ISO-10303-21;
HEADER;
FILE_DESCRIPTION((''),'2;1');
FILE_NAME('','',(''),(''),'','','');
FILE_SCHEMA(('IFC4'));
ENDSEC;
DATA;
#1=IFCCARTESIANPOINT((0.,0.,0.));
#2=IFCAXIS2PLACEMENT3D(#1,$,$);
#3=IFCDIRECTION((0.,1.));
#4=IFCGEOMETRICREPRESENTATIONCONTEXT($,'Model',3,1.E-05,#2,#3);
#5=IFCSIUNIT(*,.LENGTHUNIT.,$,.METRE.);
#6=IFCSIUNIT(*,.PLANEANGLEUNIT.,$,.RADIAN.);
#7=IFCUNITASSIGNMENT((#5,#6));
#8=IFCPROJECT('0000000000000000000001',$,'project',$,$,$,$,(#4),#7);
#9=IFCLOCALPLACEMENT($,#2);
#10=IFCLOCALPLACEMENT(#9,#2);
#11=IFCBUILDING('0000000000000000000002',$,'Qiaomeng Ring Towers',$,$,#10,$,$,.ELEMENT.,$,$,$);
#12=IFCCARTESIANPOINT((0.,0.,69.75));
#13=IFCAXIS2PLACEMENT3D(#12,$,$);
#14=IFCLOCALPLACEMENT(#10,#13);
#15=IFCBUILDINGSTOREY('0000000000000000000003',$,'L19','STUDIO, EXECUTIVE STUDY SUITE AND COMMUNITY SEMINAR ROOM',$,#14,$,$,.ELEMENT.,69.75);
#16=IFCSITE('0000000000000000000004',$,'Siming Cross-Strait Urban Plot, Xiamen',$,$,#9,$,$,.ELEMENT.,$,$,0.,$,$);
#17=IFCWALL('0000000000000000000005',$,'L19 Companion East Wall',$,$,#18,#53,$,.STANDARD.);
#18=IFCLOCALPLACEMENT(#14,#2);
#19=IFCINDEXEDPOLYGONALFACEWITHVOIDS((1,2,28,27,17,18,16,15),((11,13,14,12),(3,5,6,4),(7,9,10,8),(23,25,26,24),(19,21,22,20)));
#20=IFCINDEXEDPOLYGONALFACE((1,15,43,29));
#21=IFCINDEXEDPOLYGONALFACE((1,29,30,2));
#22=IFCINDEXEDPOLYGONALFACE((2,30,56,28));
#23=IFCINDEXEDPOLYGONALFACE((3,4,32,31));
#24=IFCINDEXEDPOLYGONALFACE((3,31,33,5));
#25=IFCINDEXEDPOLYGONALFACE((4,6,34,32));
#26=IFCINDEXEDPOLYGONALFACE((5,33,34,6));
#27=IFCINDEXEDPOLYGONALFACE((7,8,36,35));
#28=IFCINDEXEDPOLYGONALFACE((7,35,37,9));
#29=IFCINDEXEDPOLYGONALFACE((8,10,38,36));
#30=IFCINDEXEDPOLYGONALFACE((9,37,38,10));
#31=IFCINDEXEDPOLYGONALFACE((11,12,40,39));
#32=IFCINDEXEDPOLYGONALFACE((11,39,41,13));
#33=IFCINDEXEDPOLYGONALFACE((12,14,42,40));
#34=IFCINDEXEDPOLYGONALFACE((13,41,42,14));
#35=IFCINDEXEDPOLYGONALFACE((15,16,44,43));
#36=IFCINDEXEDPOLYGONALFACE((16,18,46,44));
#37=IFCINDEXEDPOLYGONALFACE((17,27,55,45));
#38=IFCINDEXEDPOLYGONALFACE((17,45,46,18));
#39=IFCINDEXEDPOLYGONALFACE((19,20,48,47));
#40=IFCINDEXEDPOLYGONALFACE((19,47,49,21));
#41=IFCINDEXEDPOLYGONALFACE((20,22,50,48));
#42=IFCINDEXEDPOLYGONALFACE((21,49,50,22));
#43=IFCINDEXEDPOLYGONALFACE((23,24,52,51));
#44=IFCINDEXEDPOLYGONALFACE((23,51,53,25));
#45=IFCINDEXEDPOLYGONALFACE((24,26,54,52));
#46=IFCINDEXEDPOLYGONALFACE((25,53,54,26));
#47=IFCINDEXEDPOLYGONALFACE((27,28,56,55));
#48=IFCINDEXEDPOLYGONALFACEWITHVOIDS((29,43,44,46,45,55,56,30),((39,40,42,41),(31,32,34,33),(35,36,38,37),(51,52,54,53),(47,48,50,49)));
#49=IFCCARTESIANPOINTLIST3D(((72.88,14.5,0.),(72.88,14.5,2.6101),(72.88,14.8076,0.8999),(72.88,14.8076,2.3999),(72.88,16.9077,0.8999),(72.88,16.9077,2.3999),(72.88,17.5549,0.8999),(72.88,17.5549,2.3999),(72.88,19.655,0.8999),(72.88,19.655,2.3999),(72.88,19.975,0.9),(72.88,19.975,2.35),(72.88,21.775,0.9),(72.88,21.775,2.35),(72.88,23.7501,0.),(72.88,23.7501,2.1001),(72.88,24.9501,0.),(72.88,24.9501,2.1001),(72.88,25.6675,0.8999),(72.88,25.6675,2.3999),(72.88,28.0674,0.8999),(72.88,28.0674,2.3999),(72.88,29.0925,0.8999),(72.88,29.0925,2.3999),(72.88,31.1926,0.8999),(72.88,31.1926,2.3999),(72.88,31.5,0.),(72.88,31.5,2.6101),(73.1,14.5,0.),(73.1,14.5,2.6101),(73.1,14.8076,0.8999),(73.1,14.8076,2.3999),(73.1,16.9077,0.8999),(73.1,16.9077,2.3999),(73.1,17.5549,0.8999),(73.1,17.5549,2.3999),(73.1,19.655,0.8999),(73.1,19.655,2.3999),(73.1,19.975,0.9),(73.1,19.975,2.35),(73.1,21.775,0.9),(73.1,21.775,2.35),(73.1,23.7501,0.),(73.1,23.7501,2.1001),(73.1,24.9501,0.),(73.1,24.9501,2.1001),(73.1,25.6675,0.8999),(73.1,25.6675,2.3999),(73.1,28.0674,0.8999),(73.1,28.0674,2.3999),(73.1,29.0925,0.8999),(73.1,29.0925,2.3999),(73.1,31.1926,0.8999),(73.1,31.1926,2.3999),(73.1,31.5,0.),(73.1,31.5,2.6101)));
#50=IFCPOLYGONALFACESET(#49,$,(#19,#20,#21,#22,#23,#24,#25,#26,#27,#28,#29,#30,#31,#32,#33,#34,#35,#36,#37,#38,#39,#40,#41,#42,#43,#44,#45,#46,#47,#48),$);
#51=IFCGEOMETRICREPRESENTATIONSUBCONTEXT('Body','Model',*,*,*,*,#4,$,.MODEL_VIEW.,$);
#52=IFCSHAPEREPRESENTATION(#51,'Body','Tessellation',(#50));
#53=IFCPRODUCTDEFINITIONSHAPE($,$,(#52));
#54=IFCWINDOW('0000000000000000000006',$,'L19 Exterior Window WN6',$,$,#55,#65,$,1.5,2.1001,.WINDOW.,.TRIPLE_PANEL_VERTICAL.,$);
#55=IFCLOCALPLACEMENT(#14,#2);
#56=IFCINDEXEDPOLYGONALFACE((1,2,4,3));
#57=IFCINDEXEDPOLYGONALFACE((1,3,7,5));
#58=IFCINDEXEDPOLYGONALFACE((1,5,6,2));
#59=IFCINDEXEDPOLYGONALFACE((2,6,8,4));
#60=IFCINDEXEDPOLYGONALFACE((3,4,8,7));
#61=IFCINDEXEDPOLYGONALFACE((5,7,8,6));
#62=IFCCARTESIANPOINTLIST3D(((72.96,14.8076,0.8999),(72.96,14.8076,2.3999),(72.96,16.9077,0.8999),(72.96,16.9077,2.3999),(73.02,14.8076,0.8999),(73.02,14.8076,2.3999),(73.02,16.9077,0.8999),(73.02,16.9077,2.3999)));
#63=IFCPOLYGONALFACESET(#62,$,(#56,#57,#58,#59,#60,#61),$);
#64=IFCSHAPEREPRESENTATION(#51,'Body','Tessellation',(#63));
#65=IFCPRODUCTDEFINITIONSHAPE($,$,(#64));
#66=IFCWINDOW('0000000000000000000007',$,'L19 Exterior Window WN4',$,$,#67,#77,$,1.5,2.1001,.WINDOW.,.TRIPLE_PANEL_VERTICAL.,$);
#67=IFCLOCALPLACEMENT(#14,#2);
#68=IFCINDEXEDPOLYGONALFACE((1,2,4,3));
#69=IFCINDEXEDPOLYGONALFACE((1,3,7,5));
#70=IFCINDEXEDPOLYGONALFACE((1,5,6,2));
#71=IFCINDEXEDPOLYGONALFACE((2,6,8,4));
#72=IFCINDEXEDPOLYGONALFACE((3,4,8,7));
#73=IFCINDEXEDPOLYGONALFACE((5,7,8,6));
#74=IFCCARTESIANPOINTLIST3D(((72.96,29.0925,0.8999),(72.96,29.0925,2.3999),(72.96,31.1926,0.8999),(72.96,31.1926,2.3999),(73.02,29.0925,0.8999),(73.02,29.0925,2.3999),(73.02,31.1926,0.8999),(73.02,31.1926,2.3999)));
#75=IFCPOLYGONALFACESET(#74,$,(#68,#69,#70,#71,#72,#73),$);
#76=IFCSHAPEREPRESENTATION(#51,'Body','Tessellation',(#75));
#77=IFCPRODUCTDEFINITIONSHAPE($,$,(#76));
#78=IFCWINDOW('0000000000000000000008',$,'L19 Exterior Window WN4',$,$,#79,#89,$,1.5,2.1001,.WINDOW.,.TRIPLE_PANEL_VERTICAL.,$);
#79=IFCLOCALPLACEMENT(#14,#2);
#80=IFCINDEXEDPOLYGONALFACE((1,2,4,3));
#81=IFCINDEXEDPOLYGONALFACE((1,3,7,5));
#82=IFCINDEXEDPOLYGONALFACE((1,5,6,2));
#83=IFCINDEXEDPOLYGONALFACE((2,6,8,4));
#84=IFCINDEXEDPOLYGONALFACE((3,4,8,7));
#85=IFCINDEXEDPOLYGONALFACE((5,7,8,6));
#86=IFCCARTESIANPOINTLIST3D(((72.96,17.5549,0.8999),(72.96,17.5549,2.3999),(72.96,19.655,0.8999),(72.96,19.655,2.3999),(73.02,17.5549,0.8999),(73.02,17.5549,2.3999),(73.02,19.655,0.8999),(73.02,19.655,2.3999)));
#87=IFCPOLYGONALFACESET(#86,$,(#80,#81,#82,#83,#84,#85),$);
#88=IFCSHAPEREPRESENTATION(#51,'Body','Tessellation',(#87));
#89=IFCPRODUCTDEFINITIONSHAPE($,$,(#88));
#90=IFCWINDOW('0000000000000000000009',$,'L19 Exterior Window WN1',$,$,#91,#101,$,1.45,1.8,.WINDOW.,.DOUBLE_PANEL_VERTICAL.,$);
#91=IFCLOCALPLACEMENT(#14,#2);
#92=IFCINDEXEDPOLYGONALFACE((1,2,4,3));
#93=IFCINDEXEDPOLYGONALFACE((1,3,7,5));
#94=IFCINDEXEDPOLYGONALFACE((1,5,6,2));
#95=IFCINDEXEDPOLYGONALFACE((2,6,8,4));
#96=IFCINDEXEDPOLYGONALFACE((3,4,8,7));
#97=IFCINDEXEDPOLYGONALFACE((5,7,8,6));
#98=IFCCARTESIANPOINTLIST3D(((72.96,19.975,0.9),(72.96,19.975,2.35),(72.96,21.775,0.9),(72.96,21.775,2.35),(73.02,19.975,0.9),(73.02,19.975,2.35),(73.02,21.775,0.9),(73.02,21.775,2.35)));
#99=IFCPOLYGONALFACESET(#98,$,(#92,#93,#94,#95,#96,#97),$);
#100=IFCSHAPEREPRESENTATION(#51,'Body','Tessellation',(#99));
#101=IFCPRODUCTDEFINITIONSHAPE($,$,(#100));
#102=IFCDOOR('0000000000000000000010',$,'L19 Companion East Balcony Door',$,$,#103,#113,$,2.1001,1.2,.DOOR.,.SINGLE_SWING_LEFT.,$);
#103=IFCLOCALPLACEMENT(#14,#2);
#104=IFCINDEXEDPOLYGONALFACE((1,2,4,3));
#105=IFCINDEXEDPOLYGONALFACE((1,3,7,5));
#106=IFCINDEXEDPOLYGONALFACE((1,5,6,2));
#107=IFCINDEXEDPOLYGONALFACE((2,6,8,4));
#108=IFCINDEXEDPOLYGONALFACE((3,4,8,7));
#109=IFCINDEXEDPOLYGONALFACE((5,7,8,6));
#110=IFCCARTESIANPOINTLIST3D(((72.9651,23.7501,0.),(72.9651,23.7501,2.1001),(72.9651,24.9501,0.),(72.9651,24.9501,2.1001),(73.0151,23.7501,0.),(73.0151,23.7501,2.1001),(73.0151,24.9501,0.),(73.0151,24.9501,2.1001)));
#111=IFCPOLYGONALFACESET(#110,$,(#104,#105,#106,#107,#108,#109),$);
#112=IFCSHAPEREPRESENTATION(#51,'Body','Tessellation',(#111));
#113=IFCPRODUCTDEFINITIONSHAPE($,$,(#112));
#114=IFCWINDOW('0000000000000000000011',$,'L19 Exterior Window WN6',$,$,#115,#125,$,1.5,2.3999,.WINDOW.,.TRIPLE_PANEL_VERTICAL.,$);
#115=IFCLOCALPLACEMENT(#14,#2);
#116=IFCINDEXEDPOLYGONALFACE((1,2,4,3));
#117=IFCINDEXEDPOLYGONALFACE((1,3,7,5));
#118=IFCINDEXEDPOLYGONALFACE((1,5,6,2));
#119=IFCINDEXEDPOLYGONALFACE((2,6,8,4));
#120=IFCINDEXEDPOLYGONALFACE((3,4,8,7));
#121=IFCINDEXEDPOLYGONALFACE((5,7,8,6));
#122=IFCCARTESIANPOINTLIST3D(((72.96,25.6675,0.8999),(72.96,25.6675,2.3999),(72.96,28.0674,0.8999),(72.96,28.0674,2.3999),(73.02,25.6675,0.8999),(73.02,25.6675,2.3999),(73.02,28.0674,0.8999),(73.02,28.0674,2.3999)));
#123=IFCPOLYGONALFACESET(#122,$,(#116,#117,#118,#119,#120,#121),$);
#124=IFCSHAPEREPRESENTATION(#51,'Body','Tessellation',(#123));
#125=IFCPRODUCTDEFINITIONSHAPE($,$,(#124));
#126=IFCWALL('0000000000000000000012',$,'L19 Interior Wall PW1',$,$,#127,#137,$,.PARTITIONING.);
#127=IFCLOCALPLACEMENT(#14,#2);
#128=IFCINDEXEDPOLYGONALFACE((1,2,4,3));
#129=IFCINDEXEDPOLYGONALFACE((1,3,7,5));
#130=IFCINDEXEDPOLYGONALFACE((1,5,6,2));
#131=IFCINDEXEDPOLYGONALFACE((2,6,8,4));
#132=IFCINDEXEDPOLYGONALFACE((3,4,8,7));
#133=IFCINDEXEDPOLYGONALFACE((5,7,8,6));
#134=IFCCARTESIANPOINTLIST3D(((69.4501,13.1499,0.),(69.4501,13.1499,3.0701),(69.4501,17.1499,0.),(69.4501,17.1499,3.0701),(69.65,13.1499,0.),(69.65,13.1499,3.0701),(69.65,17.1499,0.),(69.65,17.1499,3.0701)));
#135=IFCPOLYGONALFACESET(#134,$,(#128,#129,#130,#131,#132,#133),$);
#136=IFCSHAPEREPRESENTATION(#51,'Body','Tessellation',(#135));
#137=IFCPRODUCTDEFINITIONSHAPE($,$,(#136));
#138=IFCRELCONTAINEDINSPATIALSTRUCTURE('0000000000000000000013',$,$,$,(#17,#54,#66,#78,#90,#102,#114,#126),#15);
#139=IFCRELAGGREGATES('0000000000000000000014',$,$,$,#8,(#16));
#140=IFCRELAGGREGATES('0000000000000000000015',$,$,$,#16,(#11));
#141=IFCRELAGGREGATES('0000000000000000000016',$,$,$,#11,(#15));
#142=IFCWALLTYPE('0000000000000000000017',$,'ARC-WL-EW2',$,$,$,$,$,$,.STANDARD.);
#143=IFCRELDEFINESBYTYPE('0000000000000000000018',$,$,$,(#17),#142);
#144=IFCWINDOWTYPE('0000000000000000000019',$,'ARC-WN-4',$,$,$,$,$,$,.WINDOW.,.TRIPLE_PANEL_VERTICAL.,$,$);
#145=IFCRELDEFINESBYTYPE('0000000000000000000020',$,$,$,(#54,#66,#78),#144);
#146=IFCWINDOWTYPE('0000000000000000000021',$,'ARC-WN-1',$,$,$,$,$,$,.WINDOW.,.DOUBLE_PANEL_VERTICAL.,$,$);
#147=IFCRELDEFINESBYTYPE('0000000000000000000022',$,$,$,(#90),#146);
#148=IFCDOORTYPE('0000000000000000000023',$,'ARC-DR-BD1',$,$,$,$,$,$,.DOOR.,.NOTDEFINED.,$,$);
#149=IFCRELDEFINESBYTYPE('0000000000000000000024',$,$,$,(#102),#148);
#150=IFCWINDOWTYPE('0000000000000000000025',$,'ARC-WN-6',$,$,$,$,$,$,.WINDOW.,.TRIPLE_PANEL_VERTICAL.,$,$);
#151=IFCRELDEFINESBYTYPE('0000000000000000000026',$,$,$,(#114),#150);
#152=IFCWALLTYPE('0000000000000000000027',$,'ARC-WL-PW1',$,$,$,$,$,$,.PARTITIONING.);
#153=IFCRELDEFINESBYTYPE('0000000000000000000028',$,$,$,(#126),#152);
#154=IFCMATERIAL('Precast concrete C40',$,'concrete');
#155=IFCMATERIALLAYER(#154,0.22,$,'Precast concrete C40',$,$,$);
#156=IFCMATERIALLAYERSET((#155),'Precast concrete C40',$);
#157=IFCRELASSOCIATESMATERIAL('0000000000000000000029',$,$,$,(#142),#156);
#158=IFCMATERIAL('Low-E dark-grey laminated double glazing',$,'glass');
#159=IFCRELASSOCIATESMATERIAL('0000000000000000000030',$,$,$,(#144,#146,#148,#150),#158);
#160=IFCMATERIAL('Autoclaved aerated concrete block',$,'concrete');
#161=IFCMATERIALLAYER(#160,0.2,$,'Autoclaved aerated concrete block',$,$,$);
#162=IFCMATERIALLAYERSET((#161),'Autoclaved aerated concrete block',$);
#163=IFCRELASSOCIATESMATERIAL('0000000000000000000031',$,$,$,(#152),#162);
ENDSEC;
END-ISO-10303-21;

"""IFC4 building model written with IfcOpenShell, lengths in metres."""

from ifc_helpers import new_model, si_unit, direction, frame, frame_2d, origin, place, context, subcontext, project, spatial, rectangle, extrude, source, transform, mapped, material, layer, layer_set, type_object, element, fill, save


model = new_model("IFC4")

# Units and contexts
model_context = context("Model", 3, precision=1e-05, world=origin(), true_north=direction((0.0, 1.0)))
body_context = subcontext(model_context, "Body", "Model", "MODEL_VIEW")
ifc_project = project(units=[si_unit("LENGTHUNIT", "METRE"), si_unit("PLANEANGLEUNIT", "RADIAN")], contexts=[model_context])

# Site, building, storey
site_placement = place(None, origin())
site = spatial("IfcSite", under=ifc_project, at=site_placement, Name="Siming Cross-Strait Urban Plot, Xiamen", CompositionType="ELEMENT", RefElevation=0.0)
building_placement = place(site_placement, origin())
building = spatial("IfcBuilding", under=site, at=building_placement, Name="Qiaomeng Ring Towers", CompositionType="ELEMENT")
storey_placement = place(building_placement, frame((0.0, 0.0, 69.75)))
storey = spatial("IfcBuildingStorey", under=building, at=storey_placement, Name="L19", Description="STUDIO, EXECUTIVE STUDY SUITE AND COMMUNITY SEMINAR ROOM", CompositionType="ELEMENT", Elevation=69.75)

# Shared definitions
ifc_material_1 = material(Name="Low-E dark-grey laminated double glazing", Category="glass")

# Wall, openings, windows, door
ifc_material_2 = material(Name="Precast concrete C40", Category="concrete")
ifc_layer_1 = layer(ifc_material_2, 0.22, Name="Precast concrete C40")
ifc_layer_set_1 = layer_set([ifc_layer_1], Name="Precast concrete C40")
wall_type_1 = type_object("IfcWallType", Name="ARC-WL-EW2", PredefinedType="STANDARD", material=ifc_layer_set_1)
wall_1_placement = place(storey_placement, frame((72.99, 14.5, 0.0), z_axis=(0.0, 0.0, 1.0), x_axis=(0.0, 1.0, 0.0)))
wall_1 = element("IfcWall", 1, at=wall_1_placement, inside=storey, type_object=wall_type_1, Name="L19 Companion East Wall", PredefinedType="STANDARD", context=body_context, shape_type="SweptSolid", body=[
    extrude(rectangle(XDim=17.0, YDim=0.22, at=frame_2d((8.5, 0.0))), origin(), (0.0, 0.0, 1.0), 2.6101),
])
opening_1_placement = place(wall_1_placement, frame((9.25, 0.0, 0.0)))
opening_1 = element("IfcOpeningElement", 2, at=opening_1_placement, cuts=wall_1, PredefinedType="OPENING", context=body_context, shape_type="SweptSolid", body=[
    extrude(rectangle(XDim=1.2, YDim=2.1001, at=frame_2d((0.6001, 1.05))), frame((0.0, 0.1199, 0.0), z_axis=(0.0, -1.0, 0.0), x_axis=(1.0, 0.0, 0.0)), (0.0, 0.0, 1.0), 0.24),
])
opening_2_placement = place(wall_1_placement, frame((0.3076, 0.0, 0.8999)))
opening_2 = element("IfcOpeningElement", 3, at=opening_2_placement, cuts=wall_1, PredefinedType="OPENING", context=body_context, shape_type="SweptSolid", body=[
    extrude(rectangle(XDim=2.1001, YDim=1.5, at=frame_2d((1.05, 0.75))), frame((0.0, 0.1199, 0.0), z_axis=(0.0, -1.0, 0.0), x_axis=(1.0, 0.0, 0.0)), (0.0, 0.0, 1.0), 0.24),
])
opening_3_placement = place(wall_1_placement, frame((5.4751, 0.0, 0.8999)))
opening_3 = element("IfcOpeningElement", 4, at=opening_3_placement, cuts=wall_1, PredefinedType="OPENING", context=body_context, shape_type="SweptSolid", body=[
    extrude(rectangle(XDim=1.8, YDim=1.45, at=frame_2d((0.8999, 0.7251))), frame((0.0, 0.1199, 0.0), z_axis=(0.0, -1.0, 0.0), x_axis=(1.0, 0.0, 0.0)), (0.0, 0.0, 1.0), 0.24),
])
opening_4_placement = place(wall_1_placement, frame((14.5925, 0.0, 0.8999)))
opening_4 = element("IfcOpeningElement", 5, at=opening_4_placement, cuts=wall_1, PredefinedType="OPENING", context=body_context, shape_type="SweptSolid", body=[
    extrude(rectangle(XDim=2.1001, YDim=1.5, at=frame_2d((1.05, 0.75))), frame((0.0, 0.1199, 0.0), z_axis=(0.0, -1.0, 0.0), x_axis=(1.0, 0.0, 0.0)), (0.0, 0.0, 1.0), 0.24),
])
opening_5_placement = place(wall_1_placement, frame((3.0549, 0.0, 0.8999)))
opening_5 = element("IfcOpeningElement", 6, at=opening_5_placement, cuts=wall_1, PredefinedType="OPENING", context=body_context, shape_type="SweptSolid", body=[
    extrude(rectangle(XDim=2.1001, YDim=1.5, at=frame_2d((1.05, 0.75))), frame((0.0, 0.1199, 0.0), z_axis=(0.0, -1.0, 0.0), x_axis=(1.0, 0.0, 0.0)), (0.0, 0.0, 1.0), 0.24),
])
opening_6_placement = place(wall_1_placement, frame((11.1675, 0.0, 0.8999)))
opening_6 = element("IfcOpeningElement", 7, at=opening_6_placement, cuts=wall_1, PredefinedType="OPENING", context=body_context, shape_type="SweptSolid", body=[
    extrude(rectangle(XDim=2.3999, YDim=1.5, at=frame_2d((1.2, 0.75))), frame((0.0, 0.1199, 0.0), z_axis=(0.0, -1.0, 0.0), x_axis=(1.0, 0.0, 0.0)), (0.0, 0.0, 1.0), 0.24),
])
window_type_1 = type_object("IfcWindowType", Name="ARC-WN-4", PartitioningType="TRIPLE_PANEL_VERTICAL", PredefinedType="WINDOW", material=ifc_material_1)
shared_shape_1 = source(origin(), body_context, "Body", "SweptSolid", [
    extrude(rectangle(XDim=2.1001, YDim=1.5, at=frame_2d((1.05, 0.75))), frame((0.0, 0.03, 0.0), z_axis=(0.0, -1.0, 0.0), x_axis=(1.0, 0.0, 0.0)), (0.0, 0.0, 1.0), 0.0601),
])
window_1_placement = place(opening_2_placement, origin())
window_1 = element("IfcWindow", 8, at=window_1_placement, inside=storey, type_object=window_type_1, Name="L19 Exterior Window WN6", OverallHeight=1.5, OverallWidth=2.1001, PartitioningType="TRIPLE_PANEL_VERTICAL", PredefinedType="WINDOW", context=body_context, shape_type="MappedRepresentation", body=[
    mapped(shared_shape_1, transform((0.0, 0.0, 0.0), x_axis=(1.0, 0.0, 0.0), y_axis=(0.0, 1.0, 0.0), z_axis=(0.0, 0.0, 1.0), scale=1.0)),
])
fill(opening_2, window_1)
window_2_placement = place(opening_4_placement, origin())
window_2 = element("IfcWindow", 9, at=window_2_placement, inside=storey, type_object=window_type_1, Name="L19 Exterior Window WN4", OverallHeight=1.5, OverallWidth=2.1001, PartitioningType="TRIPLE_PANEL_VERTICAL", PredefinedType="WINDOW", context=body_context, shape_type="MappedRepresentation", body=[
    mapped(shared_shape_1, transform((0.0, 0.0, 0.0), x_axis=(1.0, 0.0, 0.0), y_axis=(0.0, 1.0, 0.0), z_axis=(0.0, 0.0, 1.0), scale=1.0)),
])
fill(opening_4, window_2)
window_3_placement = place(opening_5_placement, origin())
window_3 = element("IfcWindow", 10, at=window_3_placement, inside=storey, type_object=window_type_1, Name="L19 Exterior Window WN4", OverallHeight=1.5, OverallWidth=2.1001, PartitioningType="TRIPLE_PANEL_VERTICAL", PredefinedType="WINDOW", context=body_context, shape_type="MappedRepresentation", body=[
    mapped(shared_shape_1, transform((0.0, 0.0, 0.0), x_axis=(1.0, 0.0, 0.0), y_axis=(0.0, 1.0, 0.0), z_axis=(0.0, 0.0, 1.0), scale=1.0)),
])
fill(opening_5, window_3)
window_type_2 = type_object("IfcWindowType", Name="ARC-WN-1", PartitioningType="DOUBLE_PANEL_VERTICAL", PredefinedType="WINDOW", material=ifc_material_1)
shared_shape_2 = source(origin(), body_context, "Body", "SweptSolid", [
    extrude(rectangle(XDim=1.8, YDim=1.45, at=frame_2d((0.8999, 0.7251))), frame((0.0, 0.03, 0.0), z_axis=(0.0, -1.0, 0.0), x_axis=(1.0, 0.0, 0.0)), (0.0, 0.0, 1.0), 0.0601),
])
window_4_placement = place(opening_3_placement, origin())
window_4 = element("IfcWindow", 11, at=window_4_placement, inside=storey, type_object=window_type_2, Name="L19 Exterior Window WN1", OverallHeight=1.45, OverallWidth=1.8, PartitioningType="DOUBLE_PANEL_VERTICAL", PredefinedType="WINDOW", context=body_context, shape_type="MappedRepresentation", body=[
    mapped(shared_shape_2, transform((0.0, 0.0, 0.0), x_axis=(1.0, 0.0, 0.0), y_axis=(0.0, 1.0, 0.0), z_axis=(0.0, 0.0, 1.0), scale=1.0)),
])
fill(opening_3, window_4)
door_type_1 = type_object("IfcDoorType", Name="ARC-DR-BD1", OperationType="NOTDEFINED", PredefinedType="DOOR", material=ifc_material_1)
shared_shape_3 = source(origin(), body_context, "Body", "SweptSolid", [
    extrude(rectangle(XDim=1.2, YDim=2.1001, at=frame_2d((0.6001, 1.05))), frame((0.0, 0.0249, 0.0), z_axis=(0.0, -1.0, 0.0), x_axis=(1.0, 0.0, 0.0)), (0.0, 0.0, 1.0), 0.05),
])
door_1_placement = place(opening_1_placement, origin())
door_1 = element("IfcDoor", 12, at=door_1_placement, inside=storey, type_object=door_type_1, Name="L19 Companion East Balcony Door", OperationType="SINGLE_SWING_LEFT", OverallHeight=2.1001, OverallWidth=1.2, PredefinedType="DOOR", context=body_context, shape_type="MappedRepresentation", body=[
    mapped(shared_shape_3, transform((0.0, 0.0, 0.0), x_axis=(1.0, 0.0, 0.0), y_axis=(0.0, 1.0, 0.0), z_axis=(0.0, 0.0, 1.0), scale=1.0)),
])
fill(opening_1, door_1)
window_type_3 = type_object("IfcWindowType", Name="ARC-WN-6", PartitioningType="TRIPLE_PANEL_VERTICAL", PredefinedType="WINDOW", material=ifc_material_1)
shared_shape_4 = source(origin(), body_context, "Body", "SweptSolid", [
    extrude(rectangle(XDim=2.3999, YDim=1.5, at=frame_2d((1.2, 0.75))), frame((0.0, 0.03, 0.0), z_axis=(0.0, -1.0, 0.0), x_axis=(1.0, 0.0, 0.0)), (0.0, 0.0, 1.0), 0.0601),
])
window_5_placement = place(opening_6_placement, origin())
window_5 = element("IfcWindow", 13, at=window_5_placement, inside=storey, type_object=window_type_3, Name="L19 Exterior Window WN6", OverallHeight=1.5, OverallWidth=2.3999, PartitioningType="TRIPLE_PANEL_VERTICAL", PredefinedType="WINDOW", context=body_context, shape_type="MappedRepresentation", body=[
    mapped(shared_shape_4, transform((0.0, 0.0, 0.0), x_axis=(1.0, 0.0, 0.0), y_axis=(0.0, 1.0, 0.0), z_axis=(0.0, 0.0, 1.0), scale=1.0)),
])
fill(opening_6, window_5)

# Wall
ifc_material_3 = material(Name="Autoclaved aerated concrete block", Category="concrete")
ifc_layer_2 = layer(ifc_material_3, 0.2, Name="Autoclaved aerated concrete block")
ifc_layer_set_2 = layer_set([ifc_layer_2], Name="Autoclaved aerated concrete block")
wall_type_2 = type_object("IfcWallType", Name="ARC-WL-PW1", PredefinedType="PARTITIONING", material=ifc_layer_set_2)
wall_2_placement = place(storey_placement, frame((69.55, 13.1499, 0.0), z_axis=(0.0, 0.0, 1.0), x_axis=(0.0, 1.0, 0.0)))
element("IfcWall", 14, at=wall_2_placement, inside=storey, type_object=wall_type_2, Name="L19 Interior Wall PW1", PredefinedType="PARTITIONING", context=body_context, shape_type="SweptSolid", body=[
    extrude(rectangle(XDim=4.0, YDim=0.2, at=frame_2d((2.0, 0.0))), origin(), (0.0, 0.0, 1.0), 3.0701),
])

save(model, "model.ifc")
